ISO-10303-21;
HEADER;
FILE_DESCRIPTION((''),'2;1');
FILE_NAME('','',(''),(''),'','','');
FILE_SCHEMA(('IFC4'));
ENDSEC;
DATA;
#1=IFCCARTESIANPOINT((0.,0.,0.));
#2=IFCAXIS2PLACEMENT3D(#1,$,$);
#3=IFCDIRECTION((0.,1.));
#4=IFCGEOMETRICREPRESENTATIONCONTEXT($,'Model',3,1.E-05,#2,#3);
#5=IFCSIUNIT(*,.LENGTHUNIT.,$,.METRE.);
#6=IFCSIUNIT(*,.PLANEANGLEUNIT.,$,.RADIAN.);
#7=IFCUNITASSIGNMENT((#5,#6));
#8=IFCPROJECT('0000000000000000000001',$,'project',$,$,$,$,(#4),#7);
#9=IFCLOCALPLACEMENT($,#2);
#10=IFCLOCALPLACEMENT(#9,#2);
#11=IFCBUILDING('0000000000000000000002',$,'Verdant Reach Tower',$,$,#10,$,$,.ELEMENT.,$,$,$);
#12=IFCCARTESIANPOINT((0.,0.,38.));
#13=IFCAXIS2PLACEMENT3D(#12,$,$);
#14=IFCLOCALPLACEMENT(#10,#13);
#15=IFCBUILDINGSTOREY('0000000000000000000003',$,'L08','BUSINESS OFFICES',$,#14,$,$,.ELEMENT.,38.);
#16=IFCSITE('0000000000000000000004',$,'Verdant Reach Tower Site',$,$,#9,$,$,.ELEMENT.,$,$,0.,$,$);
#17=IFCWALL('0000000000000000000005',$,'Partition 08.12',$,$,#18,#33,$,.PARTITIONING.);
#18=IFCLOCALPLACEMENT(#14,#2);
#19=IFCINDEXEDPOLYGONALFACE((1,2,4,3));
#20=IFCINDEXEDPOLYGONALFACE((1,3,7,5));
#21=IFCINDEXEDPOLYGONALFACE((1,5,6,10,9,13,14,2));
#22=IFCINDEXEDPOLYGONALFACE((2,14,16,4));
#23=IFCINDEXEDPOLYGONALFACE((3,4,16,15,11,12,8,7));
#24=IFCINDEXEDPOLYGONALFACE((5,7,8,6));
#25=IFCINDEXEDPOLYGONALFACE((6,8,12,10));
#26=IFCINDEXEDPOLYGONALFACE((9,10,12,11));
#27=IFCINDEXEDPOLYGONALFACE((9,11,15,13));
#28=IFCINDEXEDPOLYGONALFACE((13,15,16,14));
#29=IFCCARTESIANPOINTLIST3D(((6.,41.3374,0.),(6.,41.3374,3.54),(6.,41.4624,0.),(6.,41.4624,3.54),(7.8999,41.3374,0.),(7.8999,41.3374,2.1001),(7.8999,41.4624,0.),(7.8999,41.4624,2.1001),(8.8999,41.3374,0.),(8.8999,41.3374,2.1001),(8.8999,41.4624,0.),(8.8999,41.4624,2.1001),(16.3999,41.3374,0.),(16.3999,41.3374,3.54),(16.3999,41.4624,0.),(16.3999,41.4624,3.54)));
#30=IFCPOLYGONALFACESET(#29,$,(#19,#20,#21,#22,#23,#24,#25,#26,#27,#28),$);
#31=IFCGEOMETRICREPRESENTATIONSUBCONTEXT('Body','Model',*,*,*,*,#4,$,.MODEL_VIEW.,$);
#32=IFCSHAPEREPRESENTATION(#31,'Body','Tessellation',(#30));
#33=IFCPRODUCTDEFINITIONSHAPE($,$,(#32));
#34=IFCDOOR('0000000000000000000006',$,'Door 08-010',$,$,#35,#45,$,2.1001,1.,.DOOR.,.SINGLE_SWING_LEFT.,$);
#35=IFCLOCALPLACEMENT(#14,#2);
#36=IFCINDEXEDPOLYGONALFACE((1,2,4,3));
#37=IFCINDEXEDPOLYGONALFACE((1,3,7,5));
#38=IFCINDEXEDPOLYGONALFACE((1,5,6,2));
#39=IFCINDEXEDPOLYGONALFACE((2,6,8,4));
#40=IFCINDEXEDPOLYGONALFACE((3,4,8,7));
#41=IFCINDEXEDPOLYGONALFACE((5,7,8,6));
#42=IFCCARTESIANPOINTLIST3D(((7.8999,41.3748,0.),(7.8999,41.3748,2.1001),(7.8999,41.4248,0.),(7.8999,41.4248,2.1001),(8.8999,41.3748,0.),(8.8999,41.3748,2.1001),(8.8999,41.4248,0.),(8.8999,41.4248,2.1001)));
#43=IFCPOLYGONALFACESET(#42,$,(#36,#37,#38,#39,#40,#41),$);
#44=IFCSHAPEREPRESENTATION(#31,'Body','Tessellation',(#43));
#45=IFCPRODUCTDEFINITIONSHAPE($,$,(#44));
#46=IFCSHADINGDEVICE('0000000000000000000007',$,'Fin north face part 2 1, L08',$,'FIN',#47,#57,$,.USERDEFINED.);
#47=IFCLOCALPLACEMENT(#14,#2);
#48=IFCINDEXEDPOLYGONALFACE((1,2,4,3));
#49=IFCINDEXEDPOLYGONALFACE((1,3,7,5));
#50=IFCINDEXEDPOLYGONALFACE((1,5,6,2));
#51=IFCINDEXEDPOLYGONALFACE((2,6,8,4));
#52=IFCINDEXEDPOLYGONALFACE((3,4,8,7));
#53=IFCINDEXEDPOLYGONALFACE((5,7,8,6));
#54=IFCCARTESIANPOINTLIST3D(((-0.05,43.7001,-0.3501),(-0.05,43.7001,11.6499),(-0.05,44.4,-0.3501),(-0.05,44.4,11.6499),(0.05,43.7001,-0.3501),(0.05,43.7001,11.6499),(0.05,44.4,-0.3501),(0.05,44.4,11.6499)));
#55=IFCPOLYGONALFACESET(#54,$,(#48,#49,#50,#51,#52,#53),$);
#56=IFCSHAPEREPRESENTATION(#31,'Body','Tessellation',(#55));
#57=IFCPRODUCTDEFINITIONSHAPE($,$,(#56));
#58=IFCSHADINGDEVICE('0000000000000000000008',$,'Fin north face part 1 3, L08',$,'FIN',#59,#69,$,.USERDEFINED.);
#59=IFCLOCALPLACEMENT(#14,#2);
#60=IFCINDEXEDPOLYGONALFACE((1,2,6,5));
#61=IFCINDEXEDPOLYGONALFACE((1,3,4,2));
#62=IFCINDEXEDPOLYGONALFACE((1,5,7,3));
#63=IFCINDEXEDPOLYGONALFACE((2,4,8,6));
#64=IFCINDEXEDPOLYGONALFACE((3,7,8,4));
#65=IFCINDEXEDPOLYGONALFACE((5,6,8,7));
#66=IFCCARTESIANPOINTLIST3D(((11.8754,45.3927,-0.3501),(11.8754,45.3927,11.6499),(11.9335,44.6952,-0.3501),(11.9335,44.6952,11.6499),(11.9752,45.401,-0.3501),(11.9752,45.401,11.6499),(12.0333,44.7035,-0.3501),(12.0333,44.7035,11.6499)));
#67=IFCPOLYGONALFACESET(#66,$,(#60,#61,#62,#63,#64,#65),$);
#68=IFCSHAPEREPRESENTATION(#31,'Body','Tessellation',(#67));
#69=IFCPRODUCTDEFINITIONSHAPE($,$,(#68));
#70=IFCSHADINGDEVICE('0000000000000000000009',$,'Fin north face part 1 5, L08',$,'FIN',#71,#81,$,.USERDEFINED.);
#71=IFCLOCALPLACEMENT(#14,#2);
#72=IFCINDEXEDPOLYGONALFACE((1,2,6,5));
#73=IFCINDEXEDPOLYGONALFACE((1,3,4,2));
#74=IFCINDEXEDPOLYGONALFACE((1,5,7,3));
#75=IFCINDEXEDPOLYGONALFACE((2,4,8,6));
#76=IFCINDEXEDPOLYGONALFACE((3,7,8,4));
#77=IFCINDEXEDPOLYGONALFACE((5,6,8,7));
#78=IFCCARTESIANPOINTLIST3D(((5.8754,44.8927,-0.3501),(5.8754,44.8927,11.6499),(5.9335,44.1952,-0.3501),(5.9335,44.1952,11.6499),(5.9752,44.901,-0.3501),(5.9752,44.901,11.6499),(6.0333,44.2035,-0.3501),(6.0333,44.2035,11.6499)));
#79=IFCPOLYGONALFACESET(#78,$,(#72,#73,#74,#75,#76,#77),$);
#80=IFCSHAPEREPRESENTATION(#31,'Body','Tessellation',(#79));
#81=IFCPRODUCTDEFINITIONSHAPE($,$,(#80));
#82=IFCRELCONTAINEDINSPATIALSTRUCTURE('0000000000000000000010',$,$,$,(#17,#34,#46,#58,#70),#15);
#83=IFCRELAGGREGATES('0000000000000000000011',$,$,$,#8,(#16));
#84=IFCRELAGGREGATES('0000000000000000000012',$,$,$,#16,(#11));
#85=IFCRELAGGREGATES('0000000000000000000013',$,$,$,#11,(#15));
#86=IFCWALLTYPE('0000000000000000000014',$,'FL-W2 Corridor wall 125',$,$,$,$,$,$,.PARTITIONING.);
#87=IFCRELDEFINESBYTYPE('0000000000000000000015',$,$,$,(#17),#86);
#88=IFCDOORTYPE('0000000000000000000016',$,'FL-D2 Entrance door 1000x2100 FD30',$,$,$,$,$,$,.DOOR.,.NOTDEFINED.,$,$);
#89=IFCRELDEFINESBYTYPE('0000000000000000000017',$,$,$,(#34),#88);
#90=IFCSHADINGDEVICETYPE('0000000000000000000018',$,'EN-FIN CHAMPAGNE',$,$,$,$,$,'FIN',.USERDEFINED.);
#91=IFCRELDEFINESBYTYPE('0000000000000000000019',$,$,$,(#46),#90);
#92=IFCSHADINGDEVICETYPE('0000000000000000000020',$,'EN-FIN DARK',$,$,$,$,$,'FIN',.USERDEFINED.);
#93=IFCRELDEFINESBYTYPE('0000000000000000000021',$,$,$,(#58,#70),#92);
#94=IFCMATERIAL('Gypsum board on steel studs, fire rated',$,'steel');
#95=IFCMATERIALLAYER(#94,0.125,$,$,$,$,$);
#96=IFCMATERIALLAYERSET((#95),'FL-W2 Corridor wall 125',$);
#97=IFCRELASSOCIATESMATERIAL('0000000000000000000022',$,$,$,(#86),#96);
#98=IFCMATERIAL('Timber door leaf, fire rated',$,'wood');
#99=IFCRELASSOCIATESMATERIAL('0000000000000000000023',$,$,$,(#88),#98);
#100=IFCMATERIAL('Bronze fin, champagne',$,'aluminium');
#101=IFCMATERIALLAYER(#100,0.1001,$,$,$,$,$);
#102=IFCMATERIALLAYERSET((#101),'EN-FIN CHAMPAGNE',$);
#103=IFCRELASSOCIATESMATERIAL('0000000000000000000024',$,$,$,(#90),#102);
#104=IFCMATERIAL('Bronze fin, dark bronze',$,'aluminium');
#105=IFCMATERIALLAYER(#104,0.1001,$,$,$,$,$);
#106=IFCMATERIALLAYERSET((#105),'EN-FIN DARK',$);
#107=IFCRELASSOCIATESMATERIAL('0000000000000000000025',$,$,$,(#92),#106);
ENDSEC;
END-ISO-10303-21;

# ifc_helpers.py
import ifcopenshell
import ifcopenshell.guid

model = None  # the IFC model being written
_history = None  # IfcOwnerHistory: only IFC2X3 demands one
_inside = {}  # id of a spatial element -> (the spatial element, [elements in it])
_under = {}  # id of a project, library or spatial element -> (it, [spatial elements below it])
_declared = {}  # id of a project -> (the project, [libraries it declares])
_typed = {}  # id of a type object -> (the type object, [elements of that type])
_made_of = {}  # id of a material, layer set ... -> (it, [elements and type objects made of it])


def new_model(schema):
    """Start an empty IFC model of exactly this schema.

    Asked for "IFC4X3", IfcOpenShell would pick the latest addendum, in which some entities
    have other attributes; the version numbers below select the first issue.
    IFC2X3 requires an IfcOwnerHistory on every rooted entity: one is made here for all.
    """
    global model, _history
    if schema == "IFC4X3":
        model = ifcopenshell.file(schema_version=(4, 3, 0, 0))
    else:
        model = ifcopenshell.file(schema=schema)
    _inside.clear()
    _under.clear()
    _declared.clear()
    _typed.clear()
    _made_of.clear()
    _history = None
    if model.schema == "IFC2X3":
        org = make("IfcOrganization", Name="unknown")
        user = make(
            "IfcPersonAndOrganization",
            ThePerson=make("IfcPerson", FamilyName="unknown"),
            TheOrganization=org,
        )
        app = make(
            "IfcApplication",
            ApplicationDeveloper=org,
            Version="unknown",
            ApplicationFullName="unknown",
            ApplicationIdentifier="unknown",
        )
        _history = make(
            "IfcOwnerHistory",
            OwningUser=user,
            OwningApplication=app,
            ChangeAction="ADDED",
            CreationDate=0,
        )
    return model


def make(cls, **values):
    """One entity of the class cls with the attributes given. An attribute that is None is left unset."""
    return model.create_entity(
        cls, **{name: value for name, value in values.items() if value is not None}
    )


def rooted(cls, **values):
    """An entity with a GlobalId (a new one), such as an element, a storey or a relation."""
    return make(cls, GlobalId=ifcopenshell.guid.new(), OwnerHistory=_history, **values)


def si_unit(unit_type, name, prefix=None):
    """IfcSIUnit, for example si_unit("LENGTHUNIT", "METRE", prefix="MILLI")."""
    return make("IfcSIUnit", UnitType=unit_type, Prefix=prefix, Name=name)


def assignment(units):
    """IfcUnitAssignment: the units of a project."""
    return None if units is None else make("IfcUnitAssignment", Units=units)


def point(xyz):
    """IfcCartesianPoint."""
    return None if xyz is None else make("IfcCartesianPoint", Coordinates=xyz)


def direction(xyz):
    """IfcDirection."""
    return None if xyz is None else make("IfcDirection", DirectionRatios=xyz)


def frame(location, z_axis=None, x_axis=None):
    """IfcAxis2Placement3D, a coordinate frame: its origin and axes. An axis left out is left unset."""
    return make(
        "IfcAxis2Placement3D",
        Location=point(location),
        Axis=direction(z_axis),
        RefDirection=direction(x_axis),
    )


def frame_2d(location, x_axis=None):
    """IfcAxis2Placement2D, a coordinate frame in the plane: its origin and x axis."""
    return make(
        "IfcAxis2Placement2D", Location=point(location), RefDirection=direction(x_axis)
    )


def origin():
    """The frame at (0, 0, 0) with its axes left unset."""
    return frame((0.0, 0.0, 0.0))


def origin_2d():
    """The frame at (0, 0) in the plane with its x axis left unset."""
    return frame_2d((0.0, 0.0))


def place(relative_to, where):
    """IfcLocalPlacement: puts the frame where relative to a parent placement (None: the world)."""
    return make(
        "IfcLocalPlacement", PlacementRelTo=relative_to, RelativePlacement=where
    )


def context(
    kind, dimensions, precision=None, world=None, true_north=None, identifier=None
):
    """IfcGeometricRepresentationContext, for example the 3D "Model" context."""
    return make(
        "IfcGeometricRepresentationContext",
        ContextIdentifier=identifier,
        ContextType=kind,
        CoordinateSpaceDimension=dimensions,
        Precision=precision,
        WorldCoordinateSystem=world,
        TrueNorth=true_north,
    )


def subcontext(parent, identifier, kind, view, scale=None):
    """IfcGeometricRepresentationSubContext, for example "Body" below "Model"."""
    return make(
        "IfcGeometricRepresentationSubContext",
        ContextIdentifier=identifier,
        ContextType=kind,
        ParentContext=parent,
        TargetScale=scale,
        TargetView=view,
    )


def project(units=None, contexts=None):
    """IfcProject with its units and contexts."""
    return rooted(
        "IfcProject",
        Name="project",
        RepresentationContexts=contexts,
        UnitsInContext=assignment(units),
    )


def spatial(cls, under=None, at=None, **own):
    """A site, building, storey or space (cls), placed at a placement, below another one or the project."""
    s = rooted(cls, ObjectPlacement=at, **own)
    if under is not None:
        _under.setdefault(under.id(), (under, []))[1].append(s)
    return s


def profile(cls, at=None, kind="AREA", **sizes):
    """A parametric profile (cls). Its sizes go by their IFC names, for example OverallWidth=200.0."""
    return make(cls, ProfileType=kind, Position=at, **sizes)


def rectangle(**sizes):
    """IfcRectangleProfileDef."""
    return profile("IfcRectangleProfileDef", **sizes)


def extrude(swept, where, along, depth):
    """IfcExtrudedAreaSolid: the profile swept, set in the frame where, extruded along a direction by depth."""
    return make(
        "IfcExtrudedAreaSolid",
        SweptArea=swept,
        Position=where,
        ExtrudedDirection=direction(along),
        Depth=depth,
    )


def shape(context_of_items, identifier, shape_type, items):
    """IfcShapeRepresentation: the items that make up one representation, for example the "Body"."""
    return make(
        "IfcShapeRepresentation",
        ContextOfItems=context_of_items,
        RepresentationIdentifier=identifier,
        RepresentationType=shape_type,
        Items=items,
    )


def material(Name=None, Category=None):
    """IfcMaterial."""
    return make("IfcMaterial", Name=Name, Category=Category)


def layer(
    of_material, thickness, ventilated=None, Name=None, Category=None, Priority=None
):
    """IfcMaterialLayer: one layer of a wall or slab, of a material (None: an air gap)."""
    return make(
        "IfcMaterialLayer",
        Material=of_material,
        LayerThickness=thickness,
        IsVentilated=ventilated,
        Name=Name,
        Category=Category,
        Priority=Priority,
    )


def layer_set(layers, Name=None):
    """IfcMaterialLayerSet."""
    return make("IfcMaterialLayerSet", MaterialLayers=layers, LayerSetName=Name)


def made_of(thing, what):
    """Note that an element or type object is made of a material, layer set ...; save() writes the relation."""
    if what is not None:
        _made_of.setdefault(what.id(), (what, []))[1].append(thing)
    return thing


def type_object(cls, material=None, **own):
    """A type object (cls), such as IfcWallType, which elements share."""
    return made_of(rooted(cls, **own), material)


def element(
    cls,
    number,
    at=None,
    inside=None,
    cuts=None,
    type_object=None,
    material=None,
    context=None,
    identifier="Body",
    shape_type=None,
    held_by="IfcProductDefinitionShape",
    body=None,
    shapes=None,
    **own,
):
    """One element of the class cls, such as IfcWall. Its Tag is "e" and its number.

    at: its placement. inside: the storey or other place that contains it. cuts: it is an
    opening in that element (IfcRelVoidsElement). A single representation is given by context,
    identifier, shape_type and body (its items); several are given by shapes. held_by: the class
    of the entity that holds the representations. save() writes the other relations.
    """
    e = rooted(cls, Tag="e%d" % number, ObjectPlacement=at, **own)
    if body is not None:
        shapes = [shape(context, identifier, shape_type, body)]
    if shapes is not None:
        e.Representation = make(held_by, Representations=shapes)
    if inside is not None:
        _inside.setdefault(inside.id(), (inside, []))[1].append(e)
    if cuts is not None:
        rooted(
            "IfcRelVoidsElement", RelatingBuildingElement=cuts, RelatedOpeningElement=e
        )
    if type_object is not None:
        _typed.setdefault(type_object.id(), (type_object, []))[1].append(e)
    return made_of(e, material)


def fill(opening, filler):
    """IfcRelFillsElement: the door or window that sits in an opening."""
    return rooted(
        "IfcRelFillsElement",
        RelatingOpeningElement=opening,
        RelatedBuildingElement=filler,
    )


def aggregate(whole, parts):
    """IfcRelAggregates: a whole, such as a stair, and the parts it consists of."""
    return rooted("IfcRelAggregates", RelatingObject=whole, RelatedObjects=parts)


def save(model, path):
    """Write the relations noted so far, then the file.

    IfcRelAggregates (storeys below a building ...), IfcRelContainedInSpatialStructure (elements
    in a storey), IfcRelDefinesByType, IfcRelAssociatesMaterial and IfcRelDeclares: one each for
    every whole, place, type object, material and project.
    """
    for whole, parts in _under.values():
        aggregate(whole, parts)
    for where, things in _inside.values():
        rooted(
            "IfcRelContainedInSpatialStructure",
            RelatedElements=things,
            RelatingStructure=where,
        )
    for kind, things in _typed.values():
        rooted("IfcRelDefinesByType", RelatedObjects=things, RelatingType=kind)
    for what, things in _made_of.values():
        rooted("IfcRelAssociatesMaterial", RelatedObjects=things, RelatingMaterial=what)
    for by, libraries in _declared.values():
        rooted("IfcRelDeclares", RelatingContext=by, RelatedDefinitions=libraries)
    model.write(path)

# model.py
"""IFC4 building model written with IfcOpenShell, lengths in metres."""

from ifc_helpers import new_model, si_unit, direction, frame, frame_2d, origin, origin_2d, place, context, subcontext, project, spatial, rectangle, extrude, material, layer, layer_set, type_object, element, fill, save


model = new_model("IFC4")

# Units and contexts
model_context = context("Model", 3, precision=1e-05, world=origin(), true_north=direction((0.0, 1.0)))
body_context = subcontext(model_context, "Body", "Model", "MODEL_VIEW")
ifc_project = project(units=[si_unit("LENGTHUNIT", "METRE"), si_unit("PLANEANGLEUNIT", "RADIAN")], contexts=[model_context])

# Site, building, storey
site_placement = place(None, origin())
site = spatial("IfcSite", under=ifc_project, at=site_placement, Name="Verdant Reach Tower Site", CompositionType="ELEMENT", RefElevation=0.0)
building_placement = place(site_placement, origin())
building = spatial("IfcBuilding", under=site, at=building_placement, Name="Verdant Reach Tower", CompositionType="ELEMENT")
storey_placement = place(building_placement, frame((0.0, 0.0, 38.0)))
storey = spatial("IfcBuildingStorey", under=building, at=storey_placement, Name="L08", Description="BUSINESS OFFICES", CompositionType="ELEMENT", Elevation=38.0)

# Wall, opening, door
ifc_material_1 = material(Name="Gypsum board on steel studs, fire rated", Category="steel")
ifc_layer_1 = layer(ifc_material_1, 0.125)
ifc_layer_set_1 = layer_set([ifc_layer_1], Name="FL-W2 Corridor wall 125")
wall_type_1 = type_object("IfcWallType", Name="FL-W2 Corridor wall 125", PredefinedType="PARTITIONING", material=ifc_layer_set_1)
wall_1_placement = place(storey_placement, frame((6.0, 41.3999, 0.0), z_axis=(0.0, 0.0, 1.0), x_axis=(1.0, 0.0, 0.0)))
wall_1 = element("IfcWall", 1, at=wall_1_placement, inside=storey, type_object=wall_type_1, Name="Partition 08.12", PredefinedType="PARTITIONING", context=body_context, shape_type="SweptSolid", body=[
    extrude(rectangle(XDim=10.3999, YDim=0.125, at=frame_2d((5.2, 0.0))), origin(), (0.0, 0.0, 1.0), 3.54),
])
opening_1_placement = place(wall_1_placement, frame((1.8999, 0.0, 0.0)))
opening_1 = element("IfcOpeningElement", 2, at=opening_1_placement, cuts=wall_1, PredefinedType="OPENING", context=body_context, shape_type="SweptSolid", body=[
    extrude(rectangle(XDim=1.0, YDim=2.1001, at=frame_2d((0.5, 1.05))), frame((0.0, 0.0725, 0.0), z_axis=(0.0, -1.0, 0.0), x_axis=(1.0, 0.0, 0.0)), (0.0, 0.0, 1.0), 0.145),
])
ifc_material_2 = material(Name="Timber door leaf, fire rated", Category="wood")
door_type_1 = type_object("IfcDoorType", Name="FL-D2 Entrance door 1000x2100 FD30", OperationType="NOTDEFINED", PredefinedType="DOOR", material=ifc_material_2)
door_1_placement = place(opening_1_placement, origin())
door_1 = element("IfcDoor", 3, at=door_1_placement, inside=storey, type_object=door_type_1, Name="Door 08-010", OperationType="SINGLE_SWING_LEFT", OverallHeight=2.1001, OverallWidth=1.0, PredefinedType="DOOR", context=body_context, shape_type="SweptSolid", body=[
    extrude(rectangle(XDim=1.0, YDim=2.1001, at=frame_2d((0.5, 1.05))), frame((0.0, 0.0249, 0.0), z_axis=(0.0, -1.0, 0.0), x_axis=(1.0, 0.0, 0.0)), (0.0, 0.0, 1.0), 0.05),
])
fill(opening_1, door_1)

# Shading devices
ifc_material_3 = material(Name="Bronze fin, champagne", Category="aluminium")
ifc_layer_2 = layer(ifc_material_3, 0.1001)
ifc_layer_set_2 = layer_set([ifc_layer_2], Name="EN-FIN CHAMPAGNE")
shading_device_type_1 = type_object("IfcShadingDeviceType", Name="EN-FIN CHAMPAGNE", ElementType="FIN", PredefinedType="USERDEFINED", material=ifc_layer_set_2)
shading_device_placement = place(storey_placement, frame((0.0, 44.05, -0.3501), z_axis=(0.0, 0.0, 1.0), x_axis=(-1.0, 0.0, 0.0)))
element("IfcShadingDevice", 4, at=shading_device_placement, inside=storey, type_object=shading_device_type_1, Name="Fin north face part 2 1, L08", ObjectType="FIN", PredefinedType="USERDEFINED", context=body_context, shape_type="SweptSolid", body=[
    extrude(rectangle(XDim=0.1001, YDim=0.7, at=origin_2d()), origin(), (0.0, 0.0, 1.0), 12.0),
])
ifc_material_4 = material(Name="Bronze fin, dark bronze", Category="aluminium")
ifc_layer_3 = layer(ifc_material_4, 0.1001)
ifc_layer_set_3 = layer_set([ifc_layer_3], Name="EN-FIN DARK")
shading_device_type_2 = type_object("IfcShadingDeviceType", Name="EN-FIN DARK", ElementType="FIN", PredefinedType="USERDEFINED", material=ifc_layer_set_3)
for number, where, z_axis, x_axis, name in (
    (5, (11.9543, 45.0481, -0.3501), (0.0, 0.0, 1.0), (-0.996546, -0.083045, 0.0), "Fin north face part 1 3, L08"),
    (6, (5.9543, 44.5481, -0.3501), (0.0, 0.0, 1.0), (-0.996546, -0.083045, 0.0), "Fin north face part 1 5, L08"),
):
    element("IfcShadingDevice", number, at=place(storey_placement, frame(where, z_axis=z_axis, x_axis=x_axis)), inside=storey, type_object=shading_device_type_2, Name=name, ObjectType="FIN", PredefinedType="USERDEFINED", context=body_context, shape_type="SweptSolid", body=[
        extrude(rectangle(XDim=0.1001, YDim=0.7, at=origin_2d()), origin(), (0.0, 0.0, 1.0), 12.0),
    ])

save(model, "model.ifc")
